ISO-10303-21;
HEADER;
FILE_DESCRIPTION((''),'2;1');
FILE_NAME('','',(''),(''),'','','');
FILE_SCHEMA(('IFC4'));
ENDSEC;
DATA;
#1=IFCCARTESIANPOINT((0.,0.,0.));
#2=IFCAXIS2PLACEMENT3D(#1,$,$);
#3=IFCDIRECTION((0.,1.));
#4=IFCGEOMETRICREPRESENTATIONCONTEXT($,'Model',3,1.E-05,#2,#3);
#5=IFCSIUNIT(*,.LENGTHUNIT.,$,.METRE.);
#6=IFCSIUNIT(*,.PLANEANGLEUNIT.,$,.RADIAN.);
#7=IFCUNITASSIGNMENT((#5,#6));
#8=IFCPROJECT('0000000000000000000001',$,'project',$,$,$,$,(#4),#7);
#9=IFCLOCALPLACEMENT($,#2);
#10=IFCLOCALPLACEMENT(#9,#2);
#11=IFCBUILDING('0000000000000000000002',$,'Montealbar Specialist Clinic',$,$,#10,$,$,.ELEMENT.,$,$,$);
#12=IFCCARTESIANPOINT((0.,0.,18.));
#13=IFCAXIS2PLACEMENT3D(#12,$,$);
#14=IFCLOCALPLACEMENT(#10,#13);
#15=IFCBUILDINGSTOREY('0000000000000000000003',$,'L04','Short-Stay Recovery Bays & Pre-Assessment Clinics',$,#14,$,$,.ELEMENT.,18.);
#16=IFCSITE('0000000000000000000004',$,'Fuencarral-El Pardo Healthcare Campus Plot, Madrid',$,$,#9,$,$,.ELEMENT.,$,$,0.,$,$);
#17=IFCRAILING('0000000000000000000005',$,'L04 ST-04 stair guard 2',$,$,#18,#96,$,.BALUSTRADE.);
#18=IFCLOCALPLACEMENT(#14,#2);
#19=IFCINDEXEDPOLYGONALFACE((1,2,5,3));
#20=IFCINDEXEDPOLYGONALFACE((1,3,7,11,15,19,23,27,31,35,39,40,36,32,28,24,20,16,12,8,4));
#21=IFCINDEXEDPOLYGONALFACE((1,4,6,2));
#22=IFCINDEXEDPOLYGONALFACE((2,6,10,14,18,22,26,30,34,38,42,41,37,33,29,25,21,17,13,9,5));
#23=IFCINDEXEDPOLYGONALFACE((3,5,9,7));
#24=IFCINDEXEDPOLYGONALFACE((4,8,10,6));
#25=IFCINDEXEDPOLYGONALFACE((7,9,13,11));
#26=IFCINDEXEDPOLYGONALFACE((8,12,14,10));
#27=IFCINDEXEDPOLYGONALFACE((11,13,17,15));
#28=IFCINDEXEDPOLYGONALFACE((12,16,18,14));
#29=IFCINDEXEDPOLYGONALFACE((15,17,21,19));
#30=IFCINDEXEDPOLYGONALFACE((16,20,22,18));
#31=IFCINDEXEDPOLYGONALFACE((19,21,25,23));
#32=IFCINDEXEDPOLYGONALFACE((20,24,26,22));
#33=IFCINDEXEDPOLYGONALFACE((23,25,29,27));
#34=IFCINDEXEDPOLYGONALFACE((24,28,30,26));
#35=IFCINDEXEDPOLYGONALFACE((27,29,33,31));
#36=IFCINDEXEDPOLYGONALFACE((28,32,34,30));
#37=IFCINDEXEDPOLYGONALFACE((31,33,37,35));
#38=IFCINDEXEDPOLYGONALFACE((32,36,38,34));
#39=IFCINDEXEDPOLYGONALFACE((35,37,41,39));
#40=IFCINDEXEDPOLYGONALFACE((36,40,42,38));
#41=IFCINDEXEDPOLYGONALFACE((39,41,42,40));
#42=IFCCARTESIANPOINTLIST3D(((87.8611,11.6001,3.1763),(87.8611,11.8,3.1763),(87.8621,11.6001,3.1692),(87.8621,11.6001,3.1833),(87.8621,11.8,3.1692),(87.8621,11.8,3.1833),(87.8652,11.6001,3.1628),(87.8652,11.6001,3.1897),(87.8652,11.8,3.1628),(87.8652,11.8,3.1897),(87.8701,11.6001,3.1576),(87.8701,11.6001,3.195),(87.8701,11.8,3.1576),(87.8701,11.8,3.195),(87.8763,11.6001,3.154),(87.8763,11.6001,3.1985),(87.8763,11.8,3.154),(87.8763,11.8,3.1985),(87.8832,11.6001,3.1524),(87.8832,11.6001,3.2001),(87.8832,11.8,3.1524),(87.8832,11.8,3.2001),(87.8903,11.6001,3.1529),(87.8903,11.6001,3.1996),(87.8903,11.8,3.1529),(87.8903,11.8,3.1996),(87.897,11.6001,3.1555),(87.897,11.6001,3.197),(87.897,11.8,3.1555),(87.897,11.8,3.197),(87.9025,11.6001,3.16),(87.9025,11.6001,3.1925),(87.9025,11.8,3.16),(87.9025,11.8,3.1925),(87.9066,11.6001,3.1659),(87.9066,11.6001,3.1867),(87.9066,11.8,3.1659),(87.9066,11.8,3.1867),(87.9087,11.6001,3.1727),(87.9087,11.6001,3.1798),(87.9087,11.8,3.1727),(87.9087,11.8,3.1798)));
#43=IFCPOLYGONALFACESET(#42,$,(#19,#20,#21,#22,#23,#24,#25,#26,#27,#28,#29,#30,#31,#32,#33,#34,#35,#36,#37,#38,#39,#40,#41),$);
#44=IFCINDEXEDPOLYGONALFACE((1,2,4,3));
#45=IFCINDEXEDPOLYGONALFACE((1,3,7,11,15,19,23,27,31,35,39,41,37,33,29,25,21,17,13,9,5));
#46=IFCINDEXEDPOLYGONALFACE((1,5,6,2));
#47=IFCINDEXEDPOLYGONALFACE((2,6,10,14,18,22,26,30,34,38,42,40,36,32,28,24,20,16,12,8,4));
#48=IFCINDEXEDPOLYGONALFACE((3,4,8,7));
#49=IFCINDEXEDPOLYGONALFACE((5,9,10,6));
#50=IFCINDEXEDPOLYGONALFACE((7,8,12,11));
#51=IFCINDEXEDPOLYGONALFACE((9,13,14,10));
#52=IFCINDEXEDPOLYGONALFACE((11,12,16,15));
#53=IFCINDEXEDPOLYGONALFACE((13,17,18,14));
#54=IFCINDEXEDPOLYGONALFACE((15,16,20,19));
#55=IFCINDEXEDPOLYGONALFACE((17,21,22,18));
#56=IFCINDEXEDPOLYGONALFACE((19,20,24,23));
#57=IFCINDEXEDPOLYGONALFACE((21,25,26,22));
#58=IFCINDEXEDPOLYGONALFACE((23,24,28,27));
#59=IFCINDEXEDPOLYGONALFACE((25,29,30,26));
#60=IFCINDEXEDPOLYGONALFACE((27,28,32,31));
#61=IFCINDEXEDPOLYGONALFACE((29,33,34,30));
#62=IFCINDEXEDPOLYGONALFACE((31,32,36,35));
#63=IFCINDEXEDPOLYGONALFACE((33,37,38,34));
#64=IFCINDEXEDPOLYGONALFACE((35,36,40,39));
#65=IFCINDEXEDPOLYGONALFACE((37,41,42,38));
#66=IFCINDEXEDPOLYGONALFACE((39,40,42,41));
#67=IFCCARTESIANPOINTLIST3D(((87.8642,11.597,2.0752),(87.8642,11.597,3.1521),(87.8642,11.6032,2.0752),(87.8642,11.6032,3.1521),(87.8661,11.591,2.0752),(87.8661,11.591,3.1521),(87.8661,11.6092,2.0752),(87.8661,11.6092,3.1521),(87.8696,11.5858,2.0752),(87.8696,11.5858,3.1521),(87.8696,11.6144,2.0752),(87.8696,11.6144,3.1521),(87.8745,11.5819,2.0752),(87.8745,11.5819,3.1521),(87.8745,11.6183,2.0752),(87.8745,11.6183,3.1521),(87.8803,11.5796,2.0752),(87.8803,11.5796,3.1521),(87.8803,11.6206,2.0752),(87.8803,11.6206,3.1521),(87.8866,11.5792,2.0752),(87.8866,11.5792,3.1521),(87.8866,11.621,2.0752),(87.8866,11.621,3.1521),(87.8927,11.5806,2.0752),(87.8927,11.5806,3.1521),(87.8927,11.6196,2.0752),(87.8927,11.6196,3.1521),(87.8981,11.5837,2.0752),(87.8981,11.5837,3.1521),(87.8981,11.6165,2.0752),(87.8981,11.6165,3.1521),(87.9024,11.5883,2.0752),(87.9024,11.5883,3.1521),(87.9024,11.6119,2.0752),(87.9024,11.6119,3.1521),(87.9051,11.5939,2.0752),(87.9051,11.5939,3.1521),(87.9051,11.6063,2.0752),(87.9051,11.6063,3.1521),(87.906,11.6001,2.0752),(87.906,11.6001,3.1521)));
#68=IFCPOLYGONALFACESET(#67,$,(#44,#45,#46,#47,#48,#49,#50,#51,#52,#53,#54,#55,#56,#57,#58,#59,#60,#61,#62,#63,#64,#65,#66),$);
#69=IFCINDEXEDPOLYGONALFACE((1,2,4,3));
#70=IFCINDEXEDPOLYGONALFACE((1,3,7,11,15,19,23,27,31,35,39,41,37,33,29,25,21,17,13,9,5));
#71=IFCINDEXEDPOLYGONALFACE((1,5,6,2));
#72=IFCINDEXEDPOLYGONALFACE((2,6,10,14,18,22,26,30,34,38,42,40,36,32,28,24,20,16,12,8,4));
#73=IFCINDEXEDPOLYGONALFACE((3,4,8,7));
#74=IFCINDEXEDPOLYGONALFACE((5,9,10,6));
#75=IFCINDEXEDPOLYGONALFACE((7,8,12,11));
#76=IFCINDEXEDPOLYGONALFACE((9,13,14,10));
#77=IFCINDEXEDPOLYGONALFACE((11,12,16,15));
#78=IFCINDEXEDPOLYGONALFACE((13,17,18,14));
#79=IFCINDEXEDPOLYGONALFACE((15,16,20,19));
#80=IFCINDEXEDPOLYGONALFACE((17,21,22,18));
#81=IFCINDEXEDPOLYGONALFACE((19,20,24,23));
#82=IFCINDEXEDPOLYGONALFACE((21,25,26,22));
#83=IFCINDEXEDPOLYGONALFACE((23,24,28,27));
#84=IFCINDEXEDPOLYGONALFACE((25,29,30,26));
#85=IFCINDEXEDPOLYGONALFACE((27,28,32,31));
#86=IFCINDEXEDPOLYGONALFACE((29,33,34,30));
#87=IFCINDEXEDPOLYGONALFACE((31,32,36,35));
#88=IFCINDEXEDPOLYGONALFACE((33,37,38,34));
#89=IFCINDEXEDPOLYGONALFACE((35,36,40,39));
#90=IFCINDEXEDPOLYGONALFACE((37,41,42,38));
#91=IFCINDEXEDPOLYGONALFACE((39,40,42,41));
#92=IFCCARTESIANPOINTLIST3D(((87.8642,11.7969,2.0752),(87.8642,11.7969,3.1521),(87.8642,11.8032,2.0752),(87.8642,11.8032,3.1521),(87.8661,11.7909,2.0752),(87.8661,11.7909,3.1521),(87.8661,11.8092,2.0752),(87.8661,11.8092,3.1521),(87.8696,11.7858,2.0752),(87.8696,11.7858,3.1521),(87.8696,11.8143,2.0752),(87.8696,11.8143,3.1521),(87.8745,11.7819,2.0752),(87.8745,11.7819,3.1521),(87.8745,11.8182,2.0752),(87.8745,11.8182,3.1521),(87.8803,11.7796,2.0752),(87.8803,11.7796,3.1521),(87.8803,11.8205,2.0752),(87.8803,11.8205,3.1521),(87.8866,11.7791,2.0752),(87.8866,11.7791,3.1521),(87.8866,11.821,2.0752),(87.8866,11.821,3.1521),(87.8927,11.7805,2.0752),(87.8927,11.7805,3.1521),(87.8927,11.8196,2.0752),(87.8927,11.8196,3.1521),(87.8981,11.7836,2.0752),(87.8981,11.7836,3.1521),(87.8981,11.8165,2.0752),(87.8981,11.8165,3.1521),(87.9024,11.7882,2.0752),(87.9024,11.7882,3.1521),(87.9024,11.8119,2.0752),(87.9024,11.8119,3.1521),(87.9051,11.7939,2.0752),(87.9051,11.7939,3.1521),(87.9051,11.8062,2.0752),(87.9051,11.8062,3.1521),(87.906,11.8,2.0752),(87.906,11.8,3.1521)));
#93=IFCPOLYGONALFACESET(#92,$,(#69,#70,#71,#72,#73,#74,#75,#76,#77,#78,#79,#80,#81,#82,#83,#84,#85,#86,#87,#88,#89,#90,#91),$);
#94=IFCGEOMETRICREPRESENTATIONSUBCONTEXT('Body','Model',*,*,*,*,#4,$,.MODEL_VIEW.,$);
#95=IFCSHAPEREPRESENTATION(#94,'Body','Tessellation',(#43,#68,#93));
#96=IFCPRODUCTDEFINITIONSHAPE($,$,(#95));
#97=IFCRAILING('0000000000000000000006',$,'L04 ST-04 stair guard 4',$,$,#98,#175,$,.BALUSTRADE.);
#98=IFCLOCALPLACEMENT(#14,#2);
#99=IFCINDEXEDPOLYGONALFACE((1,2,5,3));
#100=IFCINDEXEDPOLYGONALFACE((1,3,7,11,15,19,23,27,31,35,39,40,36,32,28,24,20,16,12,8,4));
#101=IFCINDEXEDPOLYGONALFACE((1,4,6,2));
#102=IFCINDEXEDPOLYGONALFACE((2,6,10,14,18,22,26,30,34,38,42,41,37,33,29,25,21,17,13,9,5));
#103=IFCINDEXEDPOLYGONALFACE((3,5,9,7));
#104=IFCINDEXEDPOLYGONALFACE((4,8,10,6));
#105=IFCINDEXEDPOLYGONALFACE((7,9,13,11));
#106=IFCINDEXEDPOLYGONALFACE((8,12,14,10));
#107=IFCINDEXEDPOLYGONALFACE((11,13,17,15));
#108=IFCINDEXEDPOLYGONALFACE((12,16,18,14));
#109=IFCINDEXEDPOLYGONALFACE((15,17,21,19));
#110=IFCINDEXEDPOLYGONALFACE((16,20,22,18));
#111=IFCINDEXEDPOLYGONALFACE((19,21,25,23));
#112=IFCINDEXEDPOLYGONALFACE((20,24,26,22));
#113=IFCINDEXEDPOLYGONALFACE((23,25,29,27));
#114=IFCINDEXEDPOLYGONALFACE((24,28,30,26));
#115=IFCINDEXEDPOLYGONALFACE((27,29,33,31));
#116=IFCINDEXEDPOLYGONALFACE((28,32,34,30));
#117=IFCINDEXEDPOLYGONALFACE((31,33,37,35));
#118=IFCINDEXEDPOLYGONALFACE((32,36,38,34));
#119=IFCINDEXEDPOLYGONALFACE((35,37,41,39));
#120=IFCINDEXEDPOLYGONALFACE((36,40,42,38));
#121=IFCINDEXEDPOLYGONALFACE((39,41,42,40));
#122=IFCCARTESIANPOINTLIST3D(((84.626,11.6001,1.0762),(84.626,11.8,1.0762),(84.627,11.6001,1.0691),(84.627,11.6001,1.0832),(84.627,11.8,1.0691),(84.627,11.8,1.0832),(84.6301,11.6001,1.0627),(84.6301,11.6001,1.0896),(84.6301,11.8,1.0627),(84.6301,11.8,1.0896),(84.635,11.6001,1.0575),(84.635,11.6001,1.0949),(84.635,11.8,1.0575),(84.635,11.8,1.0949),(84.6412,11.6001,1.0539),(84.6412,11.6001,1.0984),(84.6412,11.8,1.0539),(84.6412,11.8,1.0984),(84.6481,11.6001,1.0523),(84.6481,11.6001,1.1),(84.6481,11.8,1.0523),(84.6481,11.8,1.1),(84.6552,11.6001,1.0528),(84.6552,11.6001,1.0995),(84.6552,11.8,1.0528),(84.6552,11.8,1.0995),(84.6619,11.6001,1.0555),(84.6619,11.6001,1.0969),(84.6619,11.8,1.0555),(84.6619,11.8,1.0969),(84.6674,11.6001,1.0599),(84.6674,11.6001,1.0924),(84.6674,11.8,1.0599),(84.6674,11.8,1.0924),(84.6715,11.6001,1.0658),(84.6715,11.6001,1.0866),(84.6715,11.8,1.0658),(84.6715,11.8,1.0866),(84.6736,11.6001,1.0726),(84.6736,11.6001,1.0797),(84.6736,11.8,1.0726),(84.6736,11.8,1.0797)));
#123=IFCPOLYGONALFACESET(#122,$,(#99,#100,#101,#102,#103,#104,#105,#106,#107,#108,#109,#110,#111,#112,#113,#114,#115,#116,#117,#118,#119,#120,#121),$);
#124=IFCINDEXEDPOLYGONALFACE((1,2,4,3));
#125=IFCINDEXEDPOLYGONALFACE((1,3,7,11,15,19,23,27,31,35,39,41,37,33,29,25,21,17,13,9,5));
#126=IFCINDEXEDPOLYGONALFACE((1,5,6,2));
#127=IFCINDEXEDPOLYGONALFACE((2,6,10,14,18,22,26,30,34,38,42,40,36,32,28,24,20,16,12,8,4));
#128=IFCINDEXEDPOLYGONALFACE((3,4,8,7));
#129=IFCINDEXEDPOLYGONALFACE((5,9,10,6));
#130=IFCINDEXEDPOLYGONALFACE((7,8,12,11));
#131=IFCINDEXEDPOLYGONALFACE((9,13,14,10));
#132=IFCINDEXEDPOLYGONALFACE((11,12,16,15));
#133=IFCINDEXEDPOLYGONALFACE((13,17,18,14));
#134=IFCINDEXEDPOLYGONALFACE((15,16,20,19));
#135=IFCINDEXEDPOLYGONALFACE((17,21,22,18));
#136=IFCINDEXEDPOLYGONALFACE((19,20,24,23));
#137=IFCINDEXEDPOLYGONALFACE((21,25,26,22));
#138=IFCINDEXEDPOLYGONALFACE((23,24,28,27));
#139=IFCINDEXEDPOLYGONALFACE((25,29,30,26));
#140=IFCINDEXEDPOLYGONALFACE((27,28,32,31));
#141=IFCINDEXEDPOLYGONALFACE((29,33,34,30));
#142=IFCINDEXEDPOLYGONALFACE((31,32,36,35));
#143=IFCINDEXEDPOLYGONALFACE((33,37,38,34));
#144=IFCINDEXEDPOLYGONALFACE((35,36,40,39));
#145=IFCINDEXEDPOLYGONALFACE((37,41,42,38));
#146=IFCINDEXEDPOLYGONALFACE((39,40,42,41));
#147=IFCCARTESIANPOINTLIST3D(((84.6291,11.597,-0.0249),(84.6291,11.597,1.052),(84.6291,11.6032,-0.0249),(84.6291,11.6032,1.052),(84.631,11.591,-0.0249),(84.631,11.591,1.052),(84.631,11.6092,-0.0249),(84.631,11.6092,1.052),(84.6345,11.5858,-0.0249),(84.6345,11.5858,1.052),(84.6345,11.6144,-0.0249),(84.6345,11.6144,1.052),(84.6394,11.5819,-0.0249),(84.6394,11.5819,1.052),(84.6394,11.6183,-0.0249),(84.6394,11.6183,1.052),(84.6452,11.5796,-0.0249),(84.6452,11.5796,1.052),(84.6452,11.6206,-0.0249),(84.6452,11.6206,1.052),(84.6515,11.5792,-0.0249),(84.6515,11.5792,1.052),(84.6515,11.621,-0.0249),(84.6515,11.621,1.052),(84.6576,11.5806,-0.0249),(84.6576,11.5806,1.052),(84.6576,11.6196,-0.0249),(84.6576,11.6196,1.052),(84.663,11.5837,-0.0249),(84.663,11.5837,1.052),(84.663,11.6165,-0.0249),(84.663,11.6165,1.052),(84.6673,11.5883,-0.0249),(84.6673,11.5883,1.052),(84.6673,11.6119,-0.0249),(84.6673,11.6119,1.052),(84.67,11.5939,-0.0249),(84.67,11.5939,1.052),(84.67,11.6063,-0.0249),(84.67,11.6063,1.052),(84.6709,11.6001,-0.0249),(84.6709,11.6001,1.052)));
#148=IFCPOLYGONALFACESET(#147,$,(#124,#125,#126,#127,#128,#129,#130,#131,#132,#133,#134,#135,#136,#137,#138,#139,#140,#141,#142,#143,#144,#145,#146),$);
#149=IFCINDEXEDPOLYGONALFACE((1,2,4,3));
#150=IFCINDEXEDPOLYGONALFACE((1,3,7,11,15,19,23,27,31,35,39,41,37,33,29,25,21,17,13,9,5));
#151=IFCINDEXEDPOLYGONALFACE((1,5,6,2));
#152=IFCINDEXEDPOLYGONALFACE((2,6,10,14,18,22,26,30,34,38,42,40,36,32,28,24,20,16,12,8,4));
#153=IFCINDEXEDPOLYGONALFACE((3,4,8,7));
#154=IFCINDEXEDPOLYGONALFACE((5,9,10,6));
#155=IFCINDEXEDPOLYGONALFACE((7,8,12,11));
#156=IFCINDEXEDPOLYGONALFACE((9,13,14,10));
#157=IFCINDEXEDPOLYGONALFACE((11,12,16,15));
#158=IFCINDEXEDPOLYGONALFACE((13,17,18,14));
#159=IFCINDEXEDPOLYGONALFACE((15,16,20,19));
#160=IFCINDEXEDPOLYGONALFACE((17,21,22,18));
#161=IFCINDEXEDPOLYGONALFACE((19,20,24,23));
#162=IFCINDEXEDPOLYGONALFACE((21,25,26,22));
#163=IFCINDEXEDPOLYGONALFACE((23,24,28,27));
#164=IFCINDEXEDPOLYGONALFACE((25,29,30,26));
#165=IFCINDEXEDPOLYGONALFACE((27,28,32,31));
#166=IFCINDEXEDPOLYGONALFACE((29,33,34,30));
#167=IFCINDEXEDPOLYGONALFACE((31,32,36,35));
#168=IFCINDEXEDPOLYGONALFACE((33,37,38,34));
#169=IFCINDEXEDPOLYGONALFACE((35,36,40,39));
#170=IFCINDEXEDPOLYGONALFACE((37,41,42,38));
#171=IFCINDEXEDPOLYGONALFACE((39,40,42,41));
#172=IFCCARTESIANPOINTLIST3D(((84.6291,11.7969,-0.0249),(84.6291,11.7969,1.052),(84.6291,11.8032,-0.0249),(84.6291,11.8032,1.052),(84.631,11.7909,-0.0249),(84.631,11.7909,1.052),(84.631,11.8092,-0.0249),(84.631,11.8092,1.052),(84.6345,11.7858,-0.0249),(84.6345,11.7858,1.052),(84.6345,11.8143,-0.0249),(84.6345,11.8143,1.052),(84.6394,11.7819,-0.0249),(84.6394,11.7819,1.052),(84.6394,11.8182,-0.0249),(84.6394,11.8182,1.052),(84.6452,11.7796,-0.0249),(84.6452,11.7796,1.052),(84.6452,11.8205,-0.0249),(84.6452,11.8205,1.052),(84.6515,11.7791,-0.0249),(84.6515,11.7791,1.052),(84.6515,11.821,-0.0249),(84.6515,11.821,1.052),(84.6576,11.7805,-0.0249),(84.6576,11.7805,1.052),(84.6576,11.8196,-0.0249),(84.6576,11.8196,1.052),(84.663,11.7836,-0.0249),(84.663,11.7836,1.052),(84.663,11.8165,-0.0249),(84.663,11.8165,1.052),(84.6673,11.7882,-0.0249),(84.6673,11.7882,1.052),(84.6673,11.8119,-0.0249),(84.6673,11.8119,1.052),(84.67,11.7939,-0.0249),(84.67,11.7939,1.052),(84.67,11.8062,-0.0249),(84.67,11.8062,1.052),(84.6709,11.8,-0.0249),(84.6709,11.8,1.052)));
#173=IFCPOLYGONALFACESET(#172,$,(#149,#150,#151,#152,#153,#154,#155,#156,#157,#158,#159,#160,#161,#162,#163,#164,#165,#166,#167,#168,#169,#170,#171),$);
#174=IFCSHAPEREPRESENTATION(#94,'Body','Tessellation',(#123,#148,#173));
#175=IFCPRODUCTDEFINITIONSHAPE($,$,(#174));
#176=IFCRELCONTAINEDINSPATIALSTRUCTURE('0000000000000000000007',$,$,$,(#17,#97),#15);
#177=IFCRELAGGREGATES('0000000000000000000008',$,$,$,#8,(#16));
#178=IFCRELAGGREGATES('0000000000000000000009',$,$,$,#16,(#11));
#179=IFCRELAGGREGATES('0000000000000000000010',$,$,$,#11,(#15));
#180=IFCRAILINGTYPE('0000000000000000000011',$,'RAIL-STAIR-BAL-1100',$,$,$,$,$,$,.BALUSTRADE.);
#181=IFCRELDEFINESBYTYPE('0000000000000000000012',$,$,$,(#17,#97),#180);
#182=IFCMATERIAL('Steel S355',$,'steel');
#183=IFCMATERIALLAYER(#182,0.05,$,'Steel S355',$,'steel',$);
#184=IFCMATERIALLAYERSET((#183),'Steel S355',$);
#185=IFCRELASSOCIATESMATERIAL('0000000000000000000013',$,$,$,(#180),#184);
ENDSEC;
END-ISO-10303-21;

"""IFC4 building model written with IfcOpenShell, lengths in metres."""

from ifc_helpers import new_model, si_unit, direction, frame, origin, origin_2d, place, context, subcontext, project, spatial, circle, extrude, material, layer, layer_set, type_object, element, save


model = new_model("IFC4")

# Units and contexts
model_context = context("Model", 3, precision=1e-05, world=origin(), true_north=direction((0.0, 1.0)))
body_context = subcontext(model_context, "Body", "Model", "MODEL_VIEW")
ifc_project = project(units=[si_unit("LENGTHUNIT", "METRE"), si_unit("PLANEANGLEUNIT", "RADIAN")], contexts=[model_context])

# Site, building, storey
site_placement = place(None, origin())
site = spatial("IfcSite", under=ifc_project, at=site_placement, Name="Fuencarral-El Pardo Healthcare Campus Plot, Madrid", CompositionType="ELEMENT", RefElevation=0.0)
building_placement = place(site_placement, origin())
building = spatial("IfcBuilding", under=site, at=building_placement, Name="Montealbar Specialist Clinic", CompositionType="ELEMENT")
storey_placement = place(building_placement, frame((0.0, 0.0, 18.0)))
storey = spatial("IfcBuildingStorey", under=building, at=storey_placement, Name="L04", Description="Short-Stay Recovery Bays & Pre-Assessment Clinics", CompositionType="ELEMENT", Elevation=18.0)

# Shared definitions
ifc_material_1 = material(Name="Steel S355", Category="steel")

# Railings
ifc_layer_1 = layer(ifc_material_1, 0.05, Name="Steel S355", Category="steel")
ifc_layer_set_1 = layer_set([ifc_layer_1], Name="Steel S355")
railing_type_1 = type_object("IfcRailingType", Name="RAIL-STAIR-BAL-1100", PredefinedType="BALUSTRADE", material=ifc_layer_set_1)
railing_1_placement = place(storey_placement, frame((87.885, 11.6001, 2.1001)))
element("IfcRailing", 1, at=railing_1_placement, inside=storey, type_object=railing_type_1, Name="L04 ST-04 stair guard 2", PredefinedType="BALUSTRADE", context=body_context, shape_type="SweptSolid", body=[
    extrude(circle(Radius=0.0239, at=origin_2d()), frame((0.0, 0.0, 1.0762), z_axis=(0.0, 1.0, 0.0), x_axis=(-1.0, 0.0, 0.0)), (0.0, 0.0, 1.0), 0.2),
    extrude(circle(Radius=0.021, at=origin_2d()), frame((0.0, 0.0, -0.0249)), (0.0, 0.0, 1.0), 1.0769),
    extrude(circle(Radius=0.021, at=origin_2d()), frame((0.0, 0.2, -0.0249)), (0.0, 0.0, 1.0), 1.0769),
])
railing_2_placement = place(storey_placement, frame((84.6499, 11.6001, 0.0)))
element("IfcRailing", 2, at=railing_2_placement, inside=storey, type_object=railing_type_1, Name="L04 ST-04 stair guard 4", PredefinedType="BALUSTRADE", context=body_context, shape_type="SweptSolid", body=[
    extrude(circle(Radius=0.0239, at=origin_2d()), frame((0.0, 0.0, 1.0762), z_axis=(0.0, 1.0, 0.0), x_axis=(-1.0, 0.0, 0.0)), (0.0, 0.0, 1.0), 0.2),
    extrude(circle(Radius=0.021, at=origin_2d()), frame((0.0, 0.0, -0.0249)), (0.0, 0.0, 1.0), 1.0769),
    extrude(circle(Radius=0.021, at=origin_2d()), frame((0.0, 0.2, -0.0249)), (0.0, 0.0, 1.0), 1.0769),
])

save(model, "model.ifc")
